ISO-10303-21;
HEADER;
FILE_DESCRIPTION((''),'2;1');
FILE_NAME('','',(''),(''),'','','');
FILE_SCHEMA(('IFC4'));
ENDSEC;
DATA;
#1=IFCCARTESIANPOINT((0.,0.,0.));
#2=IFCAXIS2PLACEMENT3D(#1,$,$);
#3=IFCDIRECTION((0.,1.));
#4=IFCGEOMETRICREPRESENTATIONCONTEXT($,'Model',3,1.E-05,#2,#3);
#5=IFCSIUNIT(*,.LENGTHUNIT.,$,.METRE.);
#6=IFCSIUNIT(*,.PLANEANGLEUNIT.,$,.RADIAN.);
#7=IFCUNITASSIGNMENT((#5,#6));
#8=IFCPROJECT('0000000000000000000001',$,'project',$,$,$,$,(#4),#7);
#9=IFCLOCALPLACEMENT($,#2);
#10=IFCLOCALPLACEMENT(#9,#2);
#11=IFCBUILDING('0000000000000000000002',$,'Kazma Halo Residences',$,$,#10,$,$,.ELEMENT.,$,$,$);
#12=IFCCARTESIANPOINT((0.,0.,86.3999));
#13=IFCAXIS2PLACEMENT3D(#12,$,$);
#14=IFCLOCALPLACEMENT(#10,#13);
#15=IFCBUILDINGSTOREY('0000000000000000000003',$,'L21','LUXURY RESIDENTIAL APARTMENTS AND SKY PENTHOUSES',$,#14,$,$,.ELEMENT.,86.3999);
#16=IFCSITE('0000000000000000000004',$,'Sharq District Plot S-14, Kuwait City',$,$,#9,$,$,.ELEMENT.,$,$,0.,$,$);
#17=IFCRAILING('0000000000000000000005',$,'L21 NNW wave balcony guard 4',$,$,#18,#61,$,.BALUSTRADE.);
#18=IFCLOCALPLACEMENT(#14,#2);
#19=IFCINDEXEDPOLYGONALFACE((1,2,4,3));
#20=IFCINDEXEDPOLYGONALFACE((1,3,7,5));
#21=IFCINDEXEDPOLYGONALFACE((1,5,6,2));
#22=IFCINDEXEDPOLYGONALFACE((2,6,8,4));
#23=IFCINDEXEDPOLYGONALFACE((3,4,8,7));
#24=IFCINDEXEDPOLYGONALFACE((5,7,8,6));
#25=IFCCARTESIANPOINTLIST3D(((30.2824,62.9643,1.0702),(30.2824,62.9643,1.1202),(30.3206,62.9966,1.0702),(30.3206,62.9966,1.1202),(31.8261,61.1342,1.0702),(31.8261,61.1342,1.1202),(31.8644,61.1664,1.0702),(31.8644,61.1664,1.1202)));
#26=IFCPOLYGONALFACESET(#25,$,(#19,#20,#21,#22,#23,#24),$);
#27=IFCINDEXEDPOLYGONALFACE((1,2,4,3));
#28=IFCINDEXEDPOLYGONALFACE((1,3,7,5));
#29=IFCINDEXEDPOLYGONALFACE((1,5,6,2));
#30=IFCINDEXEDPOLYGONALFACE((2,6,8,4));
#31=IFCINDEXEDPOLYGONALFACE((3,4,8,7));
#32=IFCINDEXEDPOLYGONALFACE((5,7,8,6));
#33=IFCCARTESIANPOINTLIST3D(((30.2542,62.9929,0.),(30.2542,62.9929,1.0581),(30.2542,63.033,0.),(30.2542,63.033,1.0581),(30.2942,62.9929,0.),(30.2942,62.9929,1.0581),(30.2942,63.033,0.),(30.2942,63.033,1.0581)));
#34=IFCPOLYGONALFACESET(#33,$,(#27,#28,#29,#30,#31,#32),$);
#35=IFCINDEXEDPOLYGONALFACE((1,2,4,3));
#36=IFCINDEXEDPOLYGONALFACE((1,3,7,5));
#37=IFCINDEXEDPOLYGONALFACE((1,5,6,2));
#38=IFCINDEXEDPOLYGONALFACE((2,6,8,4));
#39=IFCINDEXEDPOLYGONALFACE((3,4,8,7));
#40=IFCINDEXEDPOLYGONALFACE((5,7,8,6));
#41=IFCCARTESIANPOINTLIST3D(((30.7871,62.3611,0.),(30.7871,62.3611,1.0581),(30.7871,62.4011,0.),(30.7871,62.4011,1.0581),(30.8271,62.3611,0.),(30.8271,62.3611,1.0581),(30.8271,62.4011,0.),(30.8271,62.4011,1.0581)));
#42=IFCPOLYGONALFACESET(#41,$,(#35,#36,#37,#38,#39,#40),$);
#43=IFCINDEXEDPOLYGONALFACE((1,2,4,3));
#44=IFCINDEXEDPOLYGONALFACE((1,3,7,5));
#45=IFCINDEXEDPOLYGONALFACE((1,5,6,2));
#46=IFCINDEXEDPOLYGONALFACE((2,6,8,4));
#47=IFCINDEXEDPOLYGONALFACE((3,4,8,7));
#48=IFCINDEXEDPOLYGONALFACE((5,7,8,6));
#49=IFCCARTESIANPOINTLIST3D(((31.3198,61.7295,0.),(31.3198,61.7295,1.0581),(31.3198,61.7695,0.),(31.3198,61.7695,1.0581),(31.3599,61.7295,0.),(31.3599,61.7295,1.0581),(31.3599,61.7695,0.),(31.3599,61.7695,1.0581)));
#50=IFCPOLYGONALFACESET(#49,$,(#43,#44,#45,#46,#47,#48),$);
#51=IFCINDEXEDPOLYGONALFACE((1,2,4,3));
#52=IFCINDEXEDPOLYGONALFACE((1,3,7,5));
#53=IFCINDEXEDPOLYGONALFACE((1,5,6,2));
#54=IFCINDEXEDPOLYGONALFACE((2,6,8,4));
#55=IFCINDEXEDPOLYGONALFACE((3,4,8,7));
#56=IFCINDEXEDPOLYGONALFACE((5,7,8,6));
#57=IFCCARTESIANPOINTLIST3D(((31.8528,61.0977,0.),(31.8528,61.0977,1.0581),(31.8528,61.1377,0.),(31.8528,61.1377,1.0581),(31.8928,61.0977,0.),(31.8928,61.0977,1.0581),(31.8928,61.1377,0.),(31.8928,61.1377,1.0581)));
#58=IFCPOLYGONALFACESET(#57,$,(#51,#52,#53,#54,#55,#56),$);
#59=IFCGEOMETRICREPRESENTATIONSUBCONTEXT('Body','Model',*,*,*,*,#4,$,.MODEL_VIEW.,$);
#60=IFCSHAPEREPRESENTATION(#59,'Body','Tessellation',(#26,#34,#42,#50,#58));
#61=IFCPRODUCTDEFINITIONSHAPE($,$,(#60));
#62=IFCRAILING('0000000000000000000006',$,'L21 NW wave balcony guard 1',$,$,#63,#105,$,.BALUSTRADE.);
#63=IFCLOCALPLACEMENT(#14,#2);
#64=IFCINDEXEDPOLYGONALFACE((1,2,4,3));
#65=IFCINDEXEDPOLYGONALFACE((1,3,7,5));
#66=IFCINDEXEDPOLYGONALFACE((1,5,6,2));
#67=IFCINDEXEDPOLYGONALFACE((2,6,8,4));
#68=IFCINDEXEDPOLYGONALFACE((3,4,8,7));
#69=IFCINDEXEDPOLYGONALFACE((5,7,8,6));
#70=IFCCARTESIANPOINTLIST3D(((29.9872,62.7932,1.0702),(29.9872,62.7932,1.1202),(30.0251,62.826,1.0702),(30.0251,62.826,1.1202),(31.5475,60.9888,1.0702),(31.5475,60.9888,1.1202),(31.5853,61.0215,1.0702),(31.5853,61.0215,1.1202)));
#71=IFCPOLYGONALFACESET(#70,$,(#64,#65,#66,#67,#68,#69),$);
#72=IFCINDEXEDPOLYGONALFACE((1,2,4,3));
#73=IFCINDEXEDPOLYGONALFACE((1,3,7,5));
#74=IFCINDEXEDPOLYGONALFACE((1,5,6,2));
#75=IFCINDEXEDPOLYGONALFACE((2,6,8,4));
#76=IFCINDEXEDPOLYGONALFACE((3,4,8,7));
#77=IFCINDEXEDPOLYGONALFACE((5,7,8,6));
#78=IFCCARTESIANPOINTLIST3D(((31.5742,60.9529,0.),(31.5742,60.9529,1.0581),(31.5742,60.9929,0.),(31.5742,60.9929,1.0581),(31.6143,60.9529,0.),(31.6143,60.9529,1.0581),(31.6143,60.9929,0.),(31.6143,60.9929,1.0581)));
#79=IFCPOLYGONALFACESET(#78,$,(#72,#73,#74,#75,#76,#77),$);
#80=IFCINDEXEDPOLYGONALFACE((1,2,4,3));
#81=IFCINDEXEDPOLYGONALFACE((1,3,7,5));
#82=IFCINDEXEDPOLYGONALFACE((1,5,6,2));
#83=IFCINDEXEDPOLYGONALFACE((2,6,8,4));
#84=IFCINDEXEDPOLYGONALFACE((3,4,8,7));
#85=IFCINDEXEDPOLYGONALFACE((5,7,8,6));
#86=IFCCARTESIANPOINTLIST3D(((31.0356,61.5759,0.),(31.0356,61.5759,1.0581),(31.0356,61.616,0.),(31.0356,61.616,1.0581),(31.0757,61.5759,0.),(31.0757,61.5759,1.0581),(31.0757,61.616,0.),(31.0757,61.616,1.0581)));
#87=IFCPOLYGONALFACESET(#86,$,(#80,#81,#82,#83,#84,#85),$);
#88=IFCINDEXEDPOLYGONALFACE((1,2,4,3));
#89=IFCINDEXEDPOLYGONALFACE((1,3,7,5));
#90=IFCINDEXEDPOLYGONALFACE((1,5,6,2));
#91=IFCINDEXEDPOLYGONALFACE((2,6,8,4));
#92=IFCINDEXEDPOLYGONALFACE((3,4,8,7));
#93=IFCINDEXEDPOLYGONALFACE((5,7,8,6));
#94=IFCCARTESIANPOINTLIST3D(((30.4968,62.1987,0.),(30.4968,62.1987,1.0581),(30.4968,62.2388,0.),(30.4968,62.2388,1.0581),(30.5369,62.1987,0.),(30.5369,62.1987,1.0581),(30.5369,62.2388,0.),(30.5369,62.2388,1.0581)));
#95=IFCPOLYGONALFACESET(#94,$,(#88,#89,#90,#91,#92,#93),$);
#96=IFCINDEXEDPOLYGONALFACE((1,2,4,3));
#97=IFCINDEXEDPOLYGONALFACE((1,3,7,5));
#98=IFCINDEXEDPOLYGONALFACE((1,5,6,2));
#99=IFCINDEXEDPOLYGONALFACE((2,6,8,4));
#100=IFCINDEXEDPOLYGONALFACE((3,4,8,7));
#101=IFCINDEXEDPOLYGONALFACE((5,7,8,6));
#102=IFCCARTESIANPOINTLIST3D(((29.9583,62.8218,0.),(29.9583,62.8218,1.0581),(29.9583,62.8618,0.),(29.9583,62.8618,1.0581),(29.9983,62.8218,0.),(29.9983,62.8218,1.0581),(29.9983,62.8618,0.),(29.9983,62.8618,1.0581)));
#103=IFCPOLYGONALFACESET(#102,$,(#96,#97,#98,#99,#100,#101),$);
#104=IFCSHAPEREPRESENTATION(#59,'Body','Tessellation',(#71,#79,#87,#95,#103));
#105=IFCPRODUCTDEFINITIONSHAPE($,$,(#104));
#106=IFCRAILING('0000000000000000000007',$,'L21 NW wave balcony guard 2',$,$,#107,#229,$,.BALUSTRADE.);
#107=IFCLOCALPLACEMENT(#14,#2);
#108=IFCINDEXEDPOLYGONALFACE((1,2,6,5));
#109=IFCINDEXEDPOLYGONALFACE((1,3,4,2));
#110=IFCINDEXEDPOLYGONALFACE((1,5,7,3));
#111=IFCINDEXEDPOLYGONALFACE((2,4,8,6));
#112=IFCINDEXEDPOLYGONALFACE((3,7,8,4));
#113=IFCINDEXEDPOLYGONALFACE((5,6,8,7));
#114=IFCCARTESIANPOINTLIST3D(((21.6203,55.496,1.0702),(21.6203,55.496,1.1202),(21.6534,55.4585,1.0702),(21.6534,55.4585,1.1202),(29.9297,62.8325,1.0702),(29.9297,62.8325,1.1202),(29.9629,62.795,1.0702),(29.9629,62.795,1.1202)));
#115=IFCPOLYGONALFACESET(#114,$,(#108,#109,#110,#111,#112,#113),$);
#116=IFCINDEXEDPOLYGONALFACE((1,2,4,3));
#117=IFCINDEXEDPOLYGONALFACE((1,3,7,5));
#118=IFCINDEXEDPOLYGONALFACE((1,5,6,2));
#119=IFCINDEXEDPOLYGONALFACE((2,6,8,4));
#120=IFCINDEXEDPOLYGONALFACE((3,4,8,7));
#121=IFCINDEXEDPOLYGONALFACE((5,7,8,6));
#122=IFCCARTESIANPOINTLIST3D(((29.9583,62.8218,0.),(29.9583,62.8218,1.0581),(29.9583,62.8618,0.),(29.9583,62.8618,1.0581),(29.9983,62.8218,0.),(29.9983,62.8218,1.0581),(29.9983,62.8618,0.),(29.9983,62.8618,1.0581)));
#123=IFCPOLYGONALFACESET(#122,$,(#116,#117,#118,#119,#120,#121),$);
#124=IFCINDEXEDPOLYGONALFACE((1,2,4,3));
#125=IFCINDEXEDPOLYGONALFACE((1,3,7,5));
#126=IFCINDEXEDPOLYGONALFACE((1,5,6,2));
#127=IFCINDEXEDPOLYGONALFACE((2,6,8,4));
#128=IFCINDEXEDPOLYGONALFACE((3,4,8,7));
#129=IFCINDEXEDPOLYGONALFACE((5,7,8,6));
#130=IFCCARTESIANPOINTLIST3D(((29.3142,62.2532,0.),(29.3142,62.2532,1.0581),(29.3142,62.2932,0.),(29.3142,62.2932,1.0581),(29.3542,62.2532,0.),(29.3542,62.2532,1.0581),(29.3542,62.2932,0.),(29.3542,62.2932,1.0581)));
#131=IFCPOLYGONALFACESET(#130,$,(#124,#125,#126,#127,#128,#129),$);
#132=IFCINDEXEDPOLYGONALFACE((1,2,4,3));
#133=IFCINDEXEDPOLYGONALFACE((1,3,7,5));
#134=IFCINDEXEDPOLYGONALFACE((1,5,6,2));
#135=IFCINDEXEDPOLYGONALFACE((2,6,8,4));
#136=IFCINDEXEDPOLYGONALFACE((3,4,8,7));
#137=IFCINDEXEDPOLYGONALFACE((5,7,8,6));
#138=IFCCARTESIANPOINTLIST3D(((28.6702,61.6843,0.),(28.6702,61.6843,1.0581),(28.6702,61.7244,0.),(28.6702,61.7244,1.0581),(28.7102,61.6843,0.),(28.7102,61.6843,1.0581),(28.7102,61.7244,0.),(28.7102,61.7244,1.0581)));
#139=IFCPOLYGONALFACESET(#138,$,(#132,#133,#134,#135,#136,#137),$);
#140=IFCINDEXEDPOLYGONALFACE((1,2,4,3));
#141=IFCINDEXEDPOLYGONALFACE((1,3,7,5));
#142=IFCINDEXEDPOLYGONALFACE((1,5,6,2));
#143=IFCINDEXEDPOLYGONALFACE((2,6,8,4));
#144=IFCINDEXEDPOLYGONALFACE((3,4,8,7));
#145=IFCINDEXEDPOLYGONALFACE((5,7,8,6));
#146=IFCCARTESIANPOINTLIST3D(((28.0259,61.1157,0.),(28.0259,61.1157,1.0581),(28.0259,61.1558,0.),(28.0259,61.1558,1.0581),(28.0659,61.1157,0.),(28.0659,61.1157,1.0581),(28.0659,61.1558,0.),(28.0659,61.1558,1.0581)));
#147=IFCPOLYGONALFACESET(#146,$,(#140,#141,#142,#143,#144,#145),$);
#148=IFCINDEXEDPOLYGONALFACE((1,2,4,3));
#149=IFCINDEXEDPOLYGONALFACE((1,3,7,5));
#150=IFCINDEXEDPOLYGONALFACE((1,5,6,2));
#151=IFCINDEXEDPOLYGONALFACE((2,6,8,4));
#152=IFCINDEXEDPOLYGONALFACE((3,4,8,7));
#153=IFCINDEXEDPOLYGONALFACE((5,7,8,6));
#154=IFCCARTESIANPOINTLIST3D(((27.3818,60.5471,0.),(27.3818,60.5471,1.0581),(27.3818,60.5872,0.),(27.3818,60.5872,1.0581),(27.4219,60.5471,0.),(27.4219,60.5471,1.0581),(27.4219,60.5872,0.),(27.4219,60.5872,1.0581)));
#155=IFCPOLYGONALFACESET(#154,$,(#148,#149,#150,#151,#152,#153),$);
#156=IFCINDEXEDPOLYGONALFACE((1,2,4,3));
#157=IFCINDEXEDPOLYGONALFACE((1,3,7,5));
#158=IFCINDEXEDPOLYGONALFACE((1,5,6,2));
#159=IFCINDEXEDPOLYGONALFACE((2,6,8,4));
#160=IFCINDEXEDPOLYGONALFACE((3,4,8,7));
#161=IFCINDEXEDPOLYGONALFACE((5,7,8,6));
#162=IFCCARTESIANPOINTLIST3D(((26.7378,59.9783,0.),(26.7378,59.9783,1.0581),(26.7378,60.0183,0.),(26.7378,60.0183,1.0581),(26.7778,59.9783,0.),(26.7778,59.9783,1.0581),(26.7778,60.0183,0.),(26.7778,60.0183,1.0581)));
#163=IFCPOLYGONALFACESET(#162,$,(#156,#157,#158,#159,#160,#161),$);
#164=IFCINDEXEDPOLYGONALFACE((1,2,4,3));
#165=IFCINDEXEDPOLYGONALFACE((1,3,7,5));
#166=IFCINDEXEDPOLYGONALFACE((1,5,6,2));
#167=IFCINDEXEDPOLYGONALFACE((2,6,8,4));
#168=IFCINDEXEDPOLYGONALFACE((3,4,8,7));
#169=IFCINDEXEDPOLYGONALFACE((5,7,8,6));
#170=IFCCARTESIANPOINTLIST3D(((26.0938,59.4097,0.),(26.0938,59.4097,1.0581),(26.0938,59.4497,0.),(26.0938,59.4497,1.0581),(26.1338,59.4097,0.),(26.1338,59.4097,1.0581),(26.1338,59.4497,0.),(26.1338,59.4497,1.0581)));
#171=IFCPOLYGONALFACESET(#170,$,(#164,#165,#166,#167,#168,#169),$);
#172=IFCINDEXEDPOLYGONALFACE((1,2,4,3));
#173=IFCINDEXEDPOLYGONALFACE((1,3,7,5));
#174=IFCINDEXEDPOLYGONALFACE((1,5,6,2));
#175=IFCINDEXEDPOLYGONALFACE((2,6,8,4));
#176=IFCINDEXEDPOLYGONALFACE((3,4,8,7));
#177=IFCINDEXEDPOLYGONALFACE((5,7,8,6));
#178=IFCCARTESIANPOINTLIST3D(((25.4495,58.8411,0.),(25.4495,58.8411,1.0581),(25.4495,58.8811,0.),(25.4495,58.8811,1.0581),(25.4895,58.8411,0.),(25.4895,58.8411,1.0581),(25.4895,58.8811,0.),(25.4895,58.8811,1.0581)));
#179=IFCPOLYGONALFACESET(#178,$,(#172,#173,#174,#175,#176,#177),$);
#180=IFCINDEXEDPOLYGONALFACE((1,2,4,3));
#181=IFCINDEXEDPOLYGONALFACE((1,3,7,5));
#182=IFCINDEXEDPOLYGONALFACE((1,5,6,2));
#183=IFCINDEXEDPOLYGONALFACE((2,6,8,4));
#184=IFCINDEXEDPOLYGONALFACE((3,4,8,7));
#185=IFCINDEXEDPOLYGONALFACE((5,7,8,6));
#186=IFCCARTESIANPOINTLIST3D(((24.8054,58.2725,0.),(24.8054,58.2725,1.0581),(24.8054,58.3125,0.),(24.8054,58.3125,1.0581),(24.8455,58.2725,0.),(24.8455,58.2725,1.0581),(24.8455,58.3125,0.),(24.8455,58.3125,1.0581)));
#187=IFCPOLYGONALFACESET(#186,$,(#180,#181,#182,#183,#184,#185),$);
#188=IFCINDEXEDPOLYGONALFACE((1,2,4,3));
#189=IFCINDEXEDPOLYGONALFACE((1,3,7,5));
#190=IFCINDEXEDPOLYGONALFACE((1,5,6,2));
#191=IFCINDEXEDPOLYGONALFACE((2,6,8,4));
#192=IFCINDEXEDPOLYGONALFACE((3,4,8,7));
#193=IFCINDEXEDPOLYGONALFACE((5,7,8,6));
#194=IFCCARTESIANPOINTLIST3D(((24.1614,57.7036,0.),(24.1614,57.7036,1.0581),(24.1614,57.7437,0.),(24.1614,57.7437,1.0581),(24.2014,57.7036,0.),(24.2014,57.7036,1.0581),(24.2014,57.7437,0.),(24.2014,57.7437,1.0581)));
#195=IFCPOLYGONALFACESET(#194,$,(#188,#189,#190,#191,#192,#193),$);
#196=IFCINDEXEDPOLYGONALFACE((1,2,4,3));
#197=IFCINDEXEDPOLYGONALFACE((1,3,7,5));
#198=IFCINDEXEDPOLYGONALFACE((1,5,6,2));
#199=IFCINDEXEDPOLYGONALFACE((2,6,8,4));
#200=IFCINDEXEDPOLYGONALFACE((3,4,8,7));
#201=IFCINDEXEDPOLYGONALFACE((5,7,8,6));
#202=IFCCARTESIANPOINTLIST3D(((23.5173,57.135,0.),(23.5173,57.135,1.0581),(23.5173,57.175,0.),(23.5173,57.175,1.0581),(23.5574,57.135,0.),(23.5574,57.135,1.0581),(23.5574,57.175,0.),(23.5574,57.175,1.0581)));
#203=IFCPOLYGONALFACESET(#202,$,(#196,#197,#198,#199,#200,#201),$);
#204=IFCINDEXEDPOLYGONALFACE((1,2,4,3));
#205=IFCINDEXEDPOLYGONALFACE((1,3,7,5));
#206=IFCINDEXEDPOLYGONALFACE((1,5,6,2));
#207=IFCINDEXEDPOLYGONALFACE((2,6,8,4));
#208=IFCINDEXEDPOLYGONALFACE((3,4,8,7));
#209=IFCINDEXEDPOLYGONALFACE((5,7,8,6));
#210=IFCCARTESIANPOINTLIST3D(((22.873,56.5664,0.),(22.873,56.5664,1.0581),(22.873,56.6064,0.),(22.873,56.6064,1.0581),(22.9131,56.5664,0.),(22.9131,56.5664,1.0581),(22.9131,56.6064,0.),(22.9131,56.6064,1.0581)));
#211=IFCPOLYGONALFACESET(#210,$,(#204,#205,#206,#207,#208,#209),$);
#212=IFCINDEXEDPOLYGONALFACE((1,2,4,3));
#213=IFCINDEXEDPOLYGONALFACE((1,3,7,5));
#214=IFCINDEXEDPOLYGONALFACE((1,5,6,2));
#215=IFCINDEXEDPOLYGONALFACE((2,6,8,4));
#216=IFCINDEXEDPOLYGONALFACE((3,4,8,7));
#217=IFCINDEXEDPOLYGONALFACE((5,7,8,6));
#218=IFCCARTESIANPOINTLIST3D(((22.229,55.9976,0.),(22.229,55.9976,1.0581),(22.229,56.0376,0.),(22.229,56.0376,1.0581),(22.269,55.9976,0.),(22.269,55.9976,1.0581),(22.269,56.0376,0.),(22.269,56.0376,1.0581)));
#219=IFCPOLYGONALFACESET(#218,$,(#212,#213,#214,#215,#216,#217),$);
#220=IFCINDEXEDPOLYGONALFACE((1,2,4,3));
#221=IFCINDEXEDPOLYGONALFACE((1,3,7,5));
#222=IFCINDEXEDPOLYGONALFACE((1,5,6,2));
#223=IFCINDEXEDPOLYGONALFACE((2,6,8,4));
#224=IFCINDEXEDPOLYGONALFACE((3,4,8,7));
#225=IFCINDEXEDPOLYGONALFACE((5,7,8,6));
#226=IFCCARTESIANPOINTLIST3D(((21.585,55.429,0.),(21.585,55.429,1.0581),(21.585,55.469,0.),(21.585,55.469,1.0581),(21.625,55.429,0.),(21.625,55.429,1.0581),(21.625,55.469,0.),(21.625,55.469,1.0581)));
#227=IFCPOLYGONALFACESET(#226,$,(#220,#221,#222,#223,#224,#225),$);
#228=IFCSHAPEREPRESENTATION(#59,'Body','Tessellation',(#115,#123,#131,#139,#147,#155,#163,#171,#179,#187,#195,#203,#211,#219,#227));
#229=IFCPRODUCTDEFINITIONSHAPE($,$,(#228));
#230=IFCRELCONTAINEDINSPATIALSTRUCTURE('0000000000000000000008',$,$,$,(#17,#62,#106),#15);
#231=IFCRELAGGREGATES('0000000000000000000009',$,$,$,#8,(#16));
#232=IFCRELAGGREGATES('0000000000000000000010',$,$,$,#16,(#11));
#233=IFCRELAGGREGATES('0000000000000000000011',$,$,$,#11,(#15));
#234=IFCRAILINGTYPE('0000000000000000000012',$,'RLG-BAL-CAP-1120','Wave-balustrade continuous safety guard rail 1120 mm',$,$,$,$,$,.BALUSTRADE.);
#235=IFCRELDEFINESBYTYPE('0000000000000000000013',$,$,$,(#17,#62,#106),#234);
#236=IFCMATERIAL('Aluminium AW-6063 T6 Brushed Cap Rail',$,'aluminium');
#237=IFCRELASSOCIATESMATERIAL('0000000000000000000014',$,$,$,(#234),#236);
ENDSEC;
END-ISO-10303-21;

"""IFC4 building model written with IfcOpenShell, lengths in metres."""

from ifc_helpers import new_model, si_unit, direction, frame, origin, origin_2d, place, context, subcontext, project, spatial, rectangle, extrude, material, type_object, element, save


model = new_model("IFC4")

# Units and contexts
model_context = context("Model", 3, precision=1e-05, world=origin(), true_north=direction((0.0, 1.0)))
body_context = subcontext(model_context, "Body", "Model", "MODEL_VIEW")
ifc_project = project(units=[si_unit("LENGTHUNIT", "METRE"), si_unit("PLANEANGLEUNIT", "RADIAN")], contexts=[model_context])

# Site, building, storey
site_placement = place(None, origin())
site = spatial("IfcSite", under=ifc_project, at=site_placement, Name="Sharq District Plot S-14, Kuwait City", CompositionType="ELEMENT", RefElevation=0.0)
building_placement = place(site_placement, origin())
building = spatial("IfcBuilding", under=site, at=building_placement, Name="Kazma Halo Residences", CompositionType="ELEMENT")
storey_placement = place(building_placement, frame((0.0, 0.0, 86.3999)))
storey = spatial("IfcBuildingStorey", under=building, at=storey_placement, Name="L21", Description="LUXURY RESIDENTIAL APARTMENTS AND SKY PENTHOUSES", CompositionType="ELEMENT", Elevation=86.3999)

# Railings
ifc_material_1 = material(Name="Aluminium AW-6063 T6 Brushed Cap Rail", Category="aluminium")
railing_type = type_object("IfcRailingType", Name="RLG-BAL-CAP-1120", Description="Wave-balustrade continuous safety guard rail 1120 mm", PredefinedType="BALUSTRADE", material=ifc_material_1)
railing_1_placement = place(storey_placement, frame((30.2742, 63.0129, 0.0)))
element("IfcRailing", 1, at=railing_1_placement, inside=storey, type_object=railing_type, Name="L21 NNW wave balcony guard 4", PredefinedType="BALUSTRADE", context=body_context, shape_type="SweptSolid", body=[
    extrude(rectangle(XDim=0.05, YDim=0.05, at=origin_2d()), frame((0.0273, -0.0325, 1.0952), z_axis=(0.644754, -0.76439, 0.0), x_axis=(0.76439, 0.644754, 0.0)), (0.0, 0.0, 1.0), 2.3943),
    extrude(rectangle(XDim=0.04, YDim=0.04, at=origin_2d()), origin(), (0.0, 0.0, 1.0), 1.0581),
    extrude(rectangle(XDim=0.04, YDim=0.04, at=origin_2d()), frame((0.533, -0.6318, 0.0)), (0.0, 0.0, 1.0), 1.0581),
    extrude(rectangle(XDim=0.04, YDim=0.04, at=origin_2d()), frame((1.0657, -1.2634, 0.0)), (0.0, 0.0, 1.0), 1.0581),
    extrude(rectangle(XDim=0.04, YDim=0.04, at=origin_2d()), frame((1.5986, -1.8953, 0.0)), (0.0, 0.0, 1.0), 1.0581),
])
railing_2_placement = place(storey_placement, frame((31.5942, 60.9729, 0.0)))
element("IfcRailing", 2, at=railing_2_placement, inside=storey, type_object=railing_type, Name="L21 NW wave balcony guard 1", PredefinedType="BALUSTRADE", context=body_context, shape_type="SweptSolid", body=[
    extrude(rectangle(XDim=0.05, YDim=0.05, at=origin_2d()), frame((-0.0278, 0.0322, 1.0952), z_axis=(-0.654065, 0.756438, 0.0), x_axis=(-0.756438, -0.654065, 0.0)), (0.0, 0.0, 1.0), 2.3855),
    extrude(rectangle(XDim=0.04, YDim=0.04, at=origin_2d()), origin(), (0.0, 0.0, 1.0), 1.0581),
    extrude(rectangle(XDim=0.04, YDim=0.04, at=origin_2d()), frame((-0.5386, 0.623, 0.0)), (0.0, 0.0, 1.0), 1.0581),
    extrude(rectangle(XDim=0.04, YDim=0.04, at=origin_2d()), frame((-1.0774, 1.2458, 0.0)), (0.0, 0.0, 1.0), 1.0581),
    extrude(rectangle(XDim=0.04, YDim=0.04, at=origin_2d()), frame((-1.616, 1.8689, 0.0)), (0.0, 0.0, 1.0), 1.0581),
])
railing_3_placement = place(storey_placement, frame((29.9783, 62.8418, 0.0)))
element("IfcRailing", 3, at=railing_3_placement, inside=storey, type_object=railing_type, Name="L21 NW wave balcony guard 2", PredefinedType="BALUSTRADE", context=body_context, shape_type="SweptSolid", body=[
    extrude(rectangle(XDim=0.05, YDim=0.05, at=origin_2d()), frame((-0.032, -0.0281, 1.0952), z_axis=(-0.749632, -0.661854, 0.0), x_axis=(0.661854, -0.749632, 0.0)), (0.0, 0.0, 1.0), 11.0847),
    extrude(rectangle(XDim=0.04, YDim=0.04, at=origin_2d()), origin(), (0.0, 0.0, 1.0), 1.0581),
    extrude(rectangle(XDim=0.04, YDim=0.04, at=origin_2d()), frame((-0.644, -0.5686, 0.0)), (0.0, 0.0, 1.0), 1.0581),
    extrude(rectangle(XDim=0.04, YDim=0.04, at=origin_2d()), frame((-1.2881, -1.1375, 0.0)), (0.0, 0.0, 1.0), 1.0581),
    extrude(rectangle(XDim=0.04, YDim=0.04, at=origin_2d()), frame((-1.9324, -1.7061, 0.0)), (0.0, 0.0, 1.0), 1.0581),
    extrude(rectangle(XDim=0.04, YDim=0.04, at=origin_2d()), frame((-2.5764, -2.2747, 0.0)), (0.0, 0.0, 1.0), 1.0581),
    extrude(rectangle(XDim=0.04, YDim=0.04, at=origin_2d()), frame((-3.2205, -2.8435, 0.0)), (0.0, 0.0, 1.0), 1.0581),
    extrude(rectangle(XDim=0.04, YDim=0.04, at=origin_2d()), frame((-3.8645, -3.4121, 0.0)), (0.0, 0.0, 1.0), 1.0581),
    extrude(rectangle(XDim=0.04, YDim=0.04, at=origin_2d()), frame((-4.5088, -3.9807, 0.0)), (0.0, 0.0, 1.0), 1.0581),
    extrude(rectangle(XDim=0.04, YDim=0.04, at=origin_2d()), frame((-5.1528, -4.5493, 0.0)), (0.0, 0.0, 1.0), 1.0581),
    extrude(rectangle(XDim=0.04, YDim=0.04, at=origin_2d()), frame((-5.7969, -5.1182, 0.0)), (0.0, 0.0, 1.0), 1.0581),
    extrude(rectangle(XDim=0.04, YDim=0.04, at=origin_2d()), frame((-6.4409, -5.6868, 0.0)), (0.0, 0.0, 1.0), 1.0581),
    extrude(rectangle(XDim=0.04, YDim=0.04, at=origin_2d()), frame((-7.0852, -6.2554, 0.0)), (0.0, 0.0, 1.0), 1.0581),
    extrude(rectangle(XDim=0.04, YDim=0.04, at=origin_2d()), frame((-7.7292, -6.8242, 0.0)), (0.0, 0.0, 1.0), 1.0581),
    extrude(rectangle(XDim=0.04, YDim=0.04, at=origin_2d()), frame((-8.3733, -7.3928, 0.0)), (0.0, 0.0, 1.0), 1.0581),
])

save(model, "model.ifc")
